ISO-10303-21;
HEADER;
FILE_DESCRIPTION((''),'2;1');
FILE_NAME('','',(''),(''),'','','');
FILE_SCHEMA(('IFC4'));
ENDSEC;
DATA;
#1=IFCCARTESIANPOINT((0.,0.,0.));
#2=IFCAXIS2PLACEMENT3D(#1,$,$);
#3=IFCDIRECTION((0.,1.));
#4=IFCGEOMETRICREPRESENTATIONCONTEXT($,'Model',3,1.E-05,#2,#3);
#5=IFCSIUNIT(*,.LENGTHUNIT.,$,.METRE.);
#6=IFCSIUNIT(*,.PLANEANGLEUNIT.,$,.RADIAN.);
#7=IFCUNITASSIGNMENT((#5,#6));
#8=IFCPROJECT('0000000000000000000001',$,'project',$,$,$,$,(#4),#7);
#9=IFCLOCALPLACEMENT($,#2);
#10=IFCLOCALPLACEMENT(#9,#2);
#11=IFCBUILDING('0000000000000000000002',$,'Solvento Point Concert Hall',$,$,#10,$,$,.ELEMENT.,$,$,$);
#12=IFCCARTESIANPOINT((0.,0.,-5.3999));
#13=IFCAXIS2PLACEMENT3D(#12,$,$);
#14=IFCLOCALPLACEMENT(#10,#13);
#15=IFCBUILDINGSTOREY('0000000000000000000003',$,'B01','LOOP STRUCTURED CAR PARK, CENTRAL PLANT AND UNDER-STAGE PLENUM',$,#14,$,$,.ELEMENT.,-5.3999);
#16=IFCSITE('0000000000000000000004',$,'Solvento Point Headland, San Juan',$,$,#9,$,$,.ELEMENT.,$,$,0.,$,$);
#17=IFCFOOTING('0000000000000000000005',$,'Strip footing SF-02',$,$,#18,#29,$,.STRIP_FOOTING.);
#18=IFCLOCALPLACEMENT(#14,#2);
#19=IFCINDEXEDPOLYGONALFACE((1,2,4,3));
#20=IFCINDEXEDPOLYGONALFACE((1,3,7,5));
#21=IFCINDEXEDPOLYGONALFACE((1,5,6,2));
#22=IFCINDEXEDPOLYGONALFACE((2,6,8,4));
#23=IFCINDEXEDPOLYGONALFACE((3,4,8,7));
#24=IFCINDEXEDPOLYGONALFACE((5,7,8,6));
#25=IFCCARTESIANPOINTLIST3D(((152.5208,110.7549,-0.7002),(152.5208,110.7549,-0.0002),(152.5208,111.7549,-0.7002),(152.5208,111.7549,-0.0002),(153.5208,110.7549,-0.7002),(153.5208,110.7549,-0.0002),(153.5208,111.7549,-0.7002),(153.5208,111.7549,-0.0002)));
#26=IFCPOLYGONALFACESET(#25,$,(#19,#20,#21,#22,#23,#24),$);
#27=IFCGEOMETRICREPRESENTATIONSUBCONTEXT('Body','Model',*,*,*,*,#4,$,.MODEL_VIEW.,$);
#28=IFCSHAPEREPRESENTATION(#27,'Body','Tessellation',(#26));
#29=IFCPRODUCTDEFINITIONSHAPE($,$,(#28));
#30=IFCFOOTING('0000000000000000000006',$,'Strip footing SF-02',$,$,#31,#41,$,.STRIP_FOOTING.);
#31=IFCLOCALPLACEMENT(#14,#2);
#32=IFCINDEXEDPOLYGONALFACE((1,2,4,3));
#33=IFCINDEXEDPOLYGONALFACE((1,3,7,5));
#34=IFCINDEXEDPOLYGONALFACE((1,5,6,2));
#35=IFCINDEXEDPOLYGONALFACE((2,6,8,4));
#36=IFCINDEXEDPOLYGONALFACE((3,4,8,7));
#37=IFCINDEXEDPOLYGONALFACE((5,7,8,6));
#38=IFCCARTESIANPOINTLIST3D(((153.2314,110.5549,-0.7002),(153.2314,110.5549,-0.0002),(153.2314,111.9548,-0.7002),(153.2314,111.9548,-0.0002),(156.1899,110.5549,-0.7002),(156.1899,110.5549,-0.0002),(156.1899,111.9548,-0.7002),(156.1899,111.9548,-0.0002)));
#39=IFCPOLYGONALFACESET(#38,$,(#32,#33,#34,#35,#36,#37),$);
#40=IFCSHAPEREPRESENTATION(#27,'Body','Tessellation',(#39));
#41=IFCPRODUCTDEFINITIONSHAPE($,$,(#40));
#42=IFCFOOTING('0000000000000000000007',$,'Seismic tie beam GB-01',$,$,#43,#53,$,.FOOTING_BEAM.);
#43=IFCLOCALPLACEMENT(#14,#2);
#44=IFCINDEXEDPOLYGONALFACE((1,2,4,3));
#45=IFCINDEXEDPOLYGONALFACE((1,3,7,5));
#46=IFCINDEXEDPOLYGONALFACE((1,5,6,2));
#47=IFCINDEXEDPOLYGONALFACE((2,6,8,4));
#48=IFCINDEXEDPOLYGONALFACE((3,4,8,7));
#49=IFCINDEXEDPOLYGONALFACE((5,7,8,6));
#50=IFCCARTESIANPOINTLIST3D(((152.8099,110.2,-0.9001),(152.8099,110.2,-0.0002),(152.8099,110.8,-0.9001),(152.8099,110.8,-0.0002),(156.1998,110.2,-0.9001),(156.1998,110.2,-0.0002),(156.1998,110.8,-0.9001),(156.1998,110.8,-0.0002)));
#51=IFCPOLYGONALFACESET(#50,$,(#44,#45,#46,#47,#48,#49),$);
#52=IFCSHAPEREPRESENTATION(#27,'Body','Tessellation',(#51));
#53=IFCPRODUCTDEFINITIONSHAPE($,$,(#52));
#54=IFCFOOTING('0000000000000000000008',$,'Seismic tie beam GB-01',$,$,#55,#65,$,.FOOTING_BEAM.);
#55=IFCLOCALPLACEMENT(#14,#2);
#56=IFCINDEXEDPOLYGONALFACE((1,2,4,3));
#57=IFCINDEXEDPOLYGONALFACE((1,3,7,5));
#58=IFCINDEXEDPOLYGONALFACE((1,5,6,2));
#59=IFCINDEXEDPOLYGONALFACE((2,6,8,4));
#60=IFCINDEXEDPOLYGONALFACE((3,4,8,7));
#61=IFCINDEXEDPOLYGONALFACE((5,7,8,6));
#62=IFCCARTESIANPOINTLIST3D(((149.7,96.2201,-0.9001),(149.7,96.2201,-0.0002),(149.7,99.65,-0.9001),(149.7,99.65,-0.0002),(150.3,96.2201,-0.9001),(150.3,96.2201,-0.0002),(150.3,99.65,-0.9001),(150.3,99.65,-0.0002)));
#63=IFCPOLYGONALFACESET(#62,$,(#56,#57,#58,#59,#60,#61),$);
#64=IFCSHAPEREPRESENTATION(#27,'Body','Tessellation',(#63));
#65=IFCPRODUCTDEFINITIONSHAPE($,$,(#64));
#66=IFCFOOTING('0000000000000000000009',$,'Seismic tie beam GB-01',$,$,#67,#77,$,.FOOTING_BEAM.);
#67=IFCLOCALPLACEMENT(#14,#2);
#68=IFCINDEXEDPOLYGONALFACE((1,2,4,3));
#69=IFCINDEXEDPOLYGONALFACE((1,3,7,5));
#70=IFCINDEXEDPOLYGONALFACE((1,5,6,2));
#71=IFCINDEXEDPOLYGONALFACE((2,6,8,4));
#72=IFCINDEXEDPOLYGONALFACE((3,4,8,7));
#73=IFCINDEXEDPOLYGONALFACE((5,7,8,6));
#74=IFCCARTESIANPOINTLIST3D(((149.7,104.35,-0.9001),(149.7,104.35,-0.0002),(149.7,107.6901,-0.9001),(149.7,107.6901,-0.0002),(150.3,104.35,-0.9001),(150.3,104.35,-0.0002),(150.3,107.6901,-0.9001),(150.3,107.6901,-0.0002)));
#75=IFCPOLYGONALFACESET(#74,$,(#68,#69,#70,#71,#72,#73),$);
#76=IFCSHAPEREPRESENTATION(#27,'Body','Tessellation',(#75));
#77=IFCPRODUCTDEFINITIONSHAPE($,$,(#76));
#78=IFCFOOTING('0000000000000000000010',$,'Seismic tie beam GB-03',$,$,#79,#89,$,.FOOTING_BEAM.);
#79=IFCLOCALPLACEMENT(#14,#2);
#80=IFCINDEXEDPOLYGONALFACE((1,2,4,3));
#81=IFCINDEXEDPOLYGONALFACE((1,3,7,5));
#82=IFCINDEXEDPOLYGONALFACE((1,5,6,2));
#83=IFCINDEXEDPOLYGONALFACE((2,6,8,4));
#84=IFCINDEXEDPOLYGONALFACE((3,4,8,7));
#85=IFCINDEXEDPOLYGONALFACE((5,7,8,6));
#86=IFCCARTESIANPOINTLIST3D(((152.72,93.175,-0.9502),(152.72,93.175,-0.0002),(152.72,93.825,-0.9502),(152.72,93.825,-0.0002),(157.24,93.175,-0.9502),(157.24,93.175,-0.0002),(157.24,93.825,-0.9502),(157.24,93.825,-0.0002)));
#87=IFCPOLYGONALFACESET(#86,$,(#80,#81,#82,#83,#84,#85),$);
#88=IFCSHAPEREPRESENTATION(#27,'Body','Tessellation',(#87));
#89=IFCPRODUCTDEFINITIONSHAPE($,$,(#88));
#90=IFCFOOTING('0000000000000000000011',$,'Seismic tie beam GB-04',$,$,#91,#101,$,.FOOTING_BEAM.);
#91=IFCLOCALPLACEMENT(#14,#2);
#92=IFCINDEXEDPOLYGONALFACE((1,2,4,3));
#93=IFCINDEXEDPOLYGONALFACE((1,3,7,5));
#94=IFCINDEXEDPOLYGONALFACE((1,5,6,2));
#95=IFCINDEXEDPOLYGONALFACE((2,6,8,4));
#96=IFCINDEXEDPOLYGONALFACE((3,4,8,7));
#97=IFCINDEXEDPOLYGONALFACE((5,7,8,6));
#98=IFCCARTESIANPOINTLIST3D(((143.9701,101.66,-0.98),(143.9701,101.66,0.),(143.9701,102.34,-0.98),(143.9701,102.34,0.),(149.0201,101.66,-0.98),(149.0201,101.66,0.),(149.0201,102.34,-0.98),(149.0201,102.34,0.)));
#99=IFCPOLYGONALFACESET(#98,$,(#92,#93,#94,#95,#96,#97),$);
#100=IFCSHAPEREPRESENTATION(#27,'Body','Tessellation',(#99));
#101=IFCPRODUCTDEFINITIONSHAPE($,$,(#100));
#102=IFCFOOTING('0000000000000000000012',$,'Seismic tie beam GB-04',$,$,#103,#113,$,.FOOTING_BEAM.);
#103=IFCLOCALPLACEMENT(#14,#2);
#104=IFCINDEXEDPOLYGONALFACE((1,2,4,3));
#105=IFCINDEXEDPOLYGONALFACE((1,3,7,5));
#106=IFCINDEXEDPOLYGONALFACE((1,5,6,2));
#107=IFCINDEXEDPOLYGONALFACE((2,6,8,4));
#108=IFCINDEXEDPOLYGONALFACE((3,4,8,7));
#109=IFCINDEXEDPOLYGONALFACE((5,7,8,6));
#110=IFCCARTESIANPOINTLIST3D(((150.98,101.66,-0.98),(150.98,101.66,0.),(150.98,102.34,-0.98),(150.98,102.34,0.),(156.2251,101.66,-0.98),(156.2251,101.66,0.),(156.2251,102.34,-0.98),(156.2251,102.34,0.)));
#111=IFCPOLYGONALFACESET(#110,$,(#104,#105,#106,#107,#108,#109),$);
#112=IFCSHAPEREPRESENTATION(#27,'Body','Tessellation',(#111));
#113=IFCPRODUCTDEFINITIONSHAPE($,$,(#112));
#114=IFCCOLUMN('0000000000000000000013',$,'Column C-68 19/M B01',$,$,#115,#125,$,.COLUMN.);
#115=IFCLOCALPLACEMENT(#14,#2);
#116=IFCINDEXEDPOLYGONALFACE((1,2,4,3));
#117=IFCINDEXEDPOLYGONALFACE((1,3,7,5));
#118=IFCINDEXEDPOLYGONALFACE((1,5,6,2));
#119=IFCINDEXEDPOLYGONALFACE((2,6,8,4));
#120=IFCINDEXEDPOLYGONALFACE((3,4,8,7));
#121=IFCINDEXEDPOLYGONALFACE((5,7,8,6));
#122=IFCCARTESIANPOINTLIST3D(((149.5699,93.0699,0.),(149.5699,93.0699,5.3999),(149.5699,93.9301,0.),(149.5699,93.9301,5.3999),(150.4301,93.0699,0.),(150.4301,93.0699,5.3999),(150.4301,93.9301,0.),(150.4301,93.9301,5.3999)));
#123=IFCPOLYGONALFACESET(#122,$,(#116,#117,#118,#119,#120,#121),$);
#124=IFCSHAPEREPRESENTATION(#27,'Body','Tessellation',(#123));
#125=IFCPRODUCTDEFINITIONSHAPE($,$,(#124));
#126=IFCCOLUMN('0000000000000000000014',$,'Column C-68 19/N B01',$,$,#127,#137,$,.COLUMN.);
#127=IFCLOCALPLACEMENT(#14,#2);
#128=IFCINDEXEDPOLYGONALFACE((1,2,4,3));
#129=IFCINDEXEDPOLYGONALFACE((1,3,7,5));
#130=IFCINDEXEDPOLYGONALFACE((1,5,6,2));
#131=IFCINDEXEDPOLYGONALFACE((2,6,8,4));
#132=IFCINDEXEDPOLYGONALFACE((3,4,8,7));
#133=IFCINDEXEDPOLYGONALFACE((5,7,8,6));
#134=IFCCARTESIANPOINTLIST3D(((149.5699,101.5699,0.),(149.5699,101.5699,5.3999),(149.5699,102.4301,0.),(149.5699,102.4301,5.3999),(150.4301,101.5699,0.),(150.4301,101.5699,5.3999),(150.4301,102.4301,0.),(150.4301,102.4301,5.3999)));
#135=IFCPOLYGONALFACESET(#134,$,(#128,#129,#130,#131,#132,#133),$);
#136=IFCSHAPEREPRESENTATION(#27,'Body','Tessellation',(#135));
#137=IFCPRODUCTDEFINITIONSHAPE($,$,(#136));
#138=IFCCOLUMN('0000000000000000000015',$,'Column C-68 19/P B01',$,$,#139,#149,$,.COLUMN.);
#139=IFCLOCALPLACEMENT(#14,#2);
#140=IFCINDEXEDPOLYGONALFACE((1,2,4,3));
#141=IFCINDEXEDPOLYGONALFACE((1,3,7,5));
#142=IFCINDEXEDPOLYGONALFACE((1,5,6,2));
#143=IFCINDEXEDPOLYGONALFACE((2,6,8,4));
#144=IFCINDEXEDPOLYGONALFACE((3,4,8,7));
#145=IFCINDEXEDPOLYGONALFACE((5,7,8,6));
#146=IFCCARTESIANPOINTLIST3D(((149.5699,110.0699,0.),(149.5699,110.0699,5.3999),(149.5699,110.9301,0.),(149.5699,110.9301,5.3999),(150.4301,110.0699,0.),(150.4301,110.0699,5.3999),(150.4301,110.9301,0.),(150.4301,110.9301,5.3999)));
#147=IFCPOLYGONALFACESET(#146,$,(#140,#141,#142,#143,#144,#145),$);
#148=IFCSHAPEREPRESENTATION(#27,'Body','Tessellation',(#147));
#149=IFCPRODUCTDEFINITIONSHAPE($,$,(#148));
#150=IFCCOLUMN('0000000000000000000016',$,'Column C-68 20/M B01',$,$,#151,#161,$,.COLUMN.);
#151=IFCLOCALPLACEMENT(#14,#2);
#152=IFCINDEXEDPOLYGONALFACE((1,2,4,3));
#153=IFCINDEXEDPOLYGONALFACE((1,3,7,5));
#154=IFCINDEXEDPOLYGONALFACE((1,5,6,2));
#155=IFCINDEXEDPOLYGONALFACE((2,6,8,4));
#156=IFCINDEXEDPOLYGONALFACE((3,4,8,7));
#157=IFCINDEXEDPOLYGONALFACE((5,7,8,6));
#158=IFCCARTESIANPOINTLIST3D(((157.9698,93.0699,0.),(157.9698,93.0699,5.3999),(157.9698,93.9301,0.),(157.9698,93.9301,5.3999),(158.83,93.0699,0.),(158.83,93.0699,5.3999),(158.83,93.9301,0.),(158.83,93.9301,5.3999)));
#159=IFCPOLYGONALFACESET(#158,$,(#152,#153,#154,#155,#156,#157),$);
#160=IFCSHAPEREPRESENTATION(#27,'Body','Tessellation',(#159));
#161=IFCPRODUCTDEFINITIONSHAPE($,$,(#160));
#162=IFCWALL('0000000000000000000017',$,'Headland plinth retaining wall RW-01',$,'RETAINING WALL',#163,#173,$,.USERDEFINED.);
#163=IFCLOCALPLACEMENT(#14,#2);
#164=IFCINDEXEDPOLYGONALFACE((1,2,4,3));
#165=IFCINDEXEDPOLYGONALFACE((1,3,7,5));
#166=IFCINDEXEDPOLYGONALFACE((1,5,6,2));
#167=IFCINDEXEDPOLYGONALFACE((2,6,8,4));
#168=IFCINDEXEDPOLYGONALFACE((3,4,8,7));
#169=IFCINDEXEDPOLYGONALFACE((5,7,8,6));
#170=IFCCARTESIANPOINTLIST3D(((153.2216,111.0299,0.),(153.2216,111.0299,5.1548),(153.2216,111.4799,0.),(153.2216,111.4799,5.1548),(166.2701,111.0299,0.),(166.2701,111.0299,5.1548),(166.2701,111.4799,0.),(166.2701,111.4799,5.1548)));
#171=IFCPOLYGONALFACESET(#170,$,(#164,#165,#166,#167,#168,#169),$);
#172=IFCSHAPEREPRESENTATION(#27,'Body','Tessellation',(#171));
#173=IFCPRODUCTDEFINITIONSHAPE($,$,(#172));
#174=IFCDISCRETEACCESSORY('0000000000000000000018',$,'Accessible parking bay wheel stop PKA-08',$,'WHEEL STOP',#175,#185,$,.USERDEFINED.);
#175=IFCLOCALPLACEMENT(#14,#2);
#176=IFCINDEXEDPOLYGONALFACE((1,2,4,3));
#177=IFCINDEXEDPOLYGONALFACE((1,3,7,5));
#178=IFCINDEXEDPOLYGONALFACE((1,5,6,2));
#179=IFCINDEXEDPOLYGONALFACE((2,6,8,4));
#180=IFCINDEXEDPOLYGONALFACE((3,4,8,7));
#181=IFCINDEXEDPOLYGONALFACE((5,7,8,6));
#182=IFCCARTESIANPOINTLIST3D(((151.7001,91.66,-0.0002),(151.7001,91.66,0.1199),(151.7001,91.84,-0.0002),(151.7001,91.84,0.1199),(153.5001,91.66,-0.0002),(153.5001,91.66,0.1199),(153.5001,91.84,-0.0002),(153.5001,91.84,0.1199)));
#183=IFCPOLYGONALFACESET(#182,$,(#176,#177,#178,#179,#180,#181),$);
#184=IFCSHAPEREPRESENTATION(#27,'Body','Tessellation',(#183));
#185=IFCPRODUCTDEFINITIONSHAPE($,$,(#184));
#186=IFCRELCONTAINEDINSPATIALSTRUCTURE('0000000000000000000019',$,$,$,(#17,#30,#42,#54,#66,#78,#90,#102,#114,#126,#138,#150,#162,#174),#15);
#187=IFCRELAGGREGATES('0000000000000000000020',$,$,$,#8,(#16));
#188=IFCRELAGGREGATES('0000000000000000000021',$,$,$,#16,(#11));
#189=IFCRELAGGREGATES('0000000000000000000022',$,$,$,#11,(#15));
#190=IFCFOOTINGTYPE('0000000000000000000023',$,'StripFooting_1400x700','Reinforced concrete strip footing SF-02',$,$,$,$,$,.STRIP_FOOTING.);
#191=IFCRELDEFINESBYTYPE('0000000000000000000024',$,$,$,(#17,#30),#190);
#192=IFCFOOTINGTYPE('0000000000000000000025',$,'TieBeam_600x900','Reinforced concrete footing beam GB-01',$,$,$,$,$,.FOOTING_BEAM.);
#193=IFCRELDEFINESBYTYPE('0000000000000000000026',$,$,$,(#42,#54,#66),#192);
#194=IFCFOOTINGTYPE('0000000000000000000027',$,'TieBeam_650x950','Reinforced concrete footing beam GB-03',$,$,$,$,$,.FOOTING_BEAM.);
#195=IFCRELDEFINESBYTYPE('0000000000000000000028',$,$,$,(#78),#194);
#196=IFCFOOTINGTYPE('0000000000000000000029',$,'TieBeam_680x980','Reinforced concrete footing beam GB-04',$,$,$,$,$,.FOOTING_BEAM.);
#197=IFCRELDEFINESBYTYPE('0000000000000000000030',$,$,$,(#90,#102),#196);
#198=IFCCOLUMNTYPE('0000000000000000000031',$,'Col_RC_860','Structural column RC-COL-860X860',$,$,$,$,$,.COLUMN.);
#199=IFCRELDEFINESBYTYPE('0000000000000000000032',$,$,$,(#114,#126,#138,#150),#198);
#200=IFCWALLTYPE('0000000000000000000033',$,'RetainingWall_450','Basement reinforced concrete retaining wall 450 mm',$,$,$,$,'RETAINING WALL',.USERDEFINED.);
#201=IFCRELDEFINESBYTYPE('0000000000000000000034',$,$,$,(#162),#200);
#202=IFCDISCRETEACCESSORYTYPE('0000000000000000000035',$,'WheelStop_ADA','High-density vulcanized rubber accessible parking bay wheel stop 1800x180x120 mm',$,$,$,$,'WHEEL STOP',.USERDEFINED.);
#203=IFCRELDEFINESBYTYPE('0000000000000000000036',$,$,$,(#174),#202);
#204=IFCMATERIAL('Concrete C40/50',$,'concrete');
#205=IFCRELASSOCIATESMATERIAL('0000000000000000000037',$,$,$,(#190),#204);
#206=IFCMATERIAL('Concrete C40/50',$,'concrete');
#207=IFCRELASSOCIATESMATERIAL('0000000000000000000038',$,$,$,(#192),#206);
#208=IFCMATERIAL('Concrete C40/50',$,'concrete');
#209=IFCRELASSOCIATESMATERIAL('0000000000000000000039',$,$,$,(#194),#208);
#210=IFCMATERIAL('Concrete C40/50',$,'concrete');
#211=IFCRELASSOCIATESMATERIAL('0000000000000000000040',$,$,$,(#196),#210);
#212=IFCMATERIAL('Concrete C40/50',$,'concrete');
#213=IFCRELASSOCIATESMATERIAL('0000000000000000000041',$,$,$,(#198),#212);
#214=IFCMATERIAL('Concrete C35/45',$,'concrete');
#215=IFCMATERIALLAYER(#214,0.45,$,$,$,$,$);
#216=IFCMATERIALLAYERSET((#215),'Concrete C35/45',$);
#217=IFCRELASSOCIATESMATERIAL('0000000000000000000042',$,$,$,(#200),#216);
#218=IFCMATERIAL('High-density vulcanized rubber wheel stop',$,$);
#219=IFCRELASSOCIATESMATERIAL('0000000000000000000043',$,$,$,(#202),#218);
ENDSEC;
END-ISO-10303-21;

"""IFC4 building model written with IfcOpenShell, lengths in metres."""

from ifc_helpers import new_model, si_unit, direction, frame, frame_2d, origin, origin_2d, place, context, subcontext, project, spatial, rectangle, extrude, material, layer, layer_set, material_profile, profile_set, type_object, element, save


model = new_model("IFC4")

# Units and contexts
model_context = context("Model", 3, precision=1e-05, world=origin(), true_north=direction((0.0, 1.0)))
body_context = subcontext(model_context, "Body", "Model", "MODEL_VIEW")
ifc_project = project(units=[si_unit("LENGTHUNIT", "METRE"), si_unit("PLANEANGLEUNIT", "RADIAN")], contexts=[model_context])

# Site, building, storey
site_placement = place(None, origin())
site = spatial("IfcSite", under=ifc_project, at=site_placement, Name="Solvento Point Headland, San Juan", CompositionType="ELEMENT", RefElevation=0.0)
building_placement = place(site_placement, origin())
building = spatial("IfcBuilding", under=site, at=building_placement, Name="Solvento Point Concert Hall", CompositionType="ELEMENT")
storey_placement = place(building_placement, frame((0.0, 0.0, -5.3999)))
storey = spatial("IfcBuildingStorey", under=building, at=storey_placement, Name="B01", Description="LOOP STRUCTURED CAR PARK, CENTRAL PLANT AND UNDER-STAGE PLENUM", CompositionType="ELEMENT", Elevation=-5.3999)

# Footings
ifc_material_1 = material(Name="Concrete C40/50", Category="concrete")
footing_type_1 = type_object("IfcFootingType", Name="StripFooting_1400x700", Description="Reinforced concrete strip footing SF-02", PredefinedType="STRIP_FOOTING", material=ifc_material_1)
footing_1_placement = place(storey_placement, frame((153.0208, 111.2549, -0.7002), z_axis=(0.0, 0.0, 1.0), x_axis=(1.0, 0.0, 0.0)))
element("IfcFooting", 1, at=footing_1_placement, inside=storey, type_object=footing_type_1, Name="Strip footing SF-02", PredefinedType="STRIP_FOOTING", context=body_context, shape_type="SweptSolid", body=[
    extrude(rectangle(XDim=1.0, YDim=1.0, at=origin_2d()), origin(), (0.0, 0.0, 1.0), 0.7),
])
footing_2_placement = place(storey_placement, frame((154.7107, 111.2549, -0.7002), z_axis=(0.0, 0.0, 1.0), x_axis=(1.0, 0.0, 0.0)))
element("IfcFooting", 2, at=footing_2_placement, inside=storey, type_object=footing_type_1, Name="Strip footing SF-02", PredefinedType="STRIP_FOOTING", context=body_context, shape_type="SweptSolid", body=[
    extrude(rectangle(XDim=2.9585, YDim=1.3999, at=origin_2d()), origin(), (0.0, 0.0, 1.0), 0.7),
])
ifc_material_2 = material(Name="Concrete C40/50", Category="concrete")
footing_type_2 = type_object("IfcFootingType", Name="TieBeam_600x900", Description="Reinforced concrete footing beam GB-01", PredefinedType="FOOTING_BEAM", material=ifc_material_2)
footing_3_placement = place(storey_placement, frame((154.5049, 110.5, -0.9001), z_axis=(0.0, 0.0, 1.0), x_axis=(1.0, 0.0, 0.0)))
element("IfcFooting", 3, at=footing_3_placement, inside=storey, type_object=footing_type_2, Name="Seismic tie beam GB-01", PredefinedType="FOOTING_BEAM", context=body_context, shape_type="SweptSolid", body=[
    extrude(rectangle(XDim=3.3899, YDim=0.6001, at=origin_2d()), origin(), (0.0, 0.0, 1.0), 0.8999),
])
footing_4_placement = place(storey_placement, frame((150.0, 97.9351, -0.9001), z_axis=(0.0, 0.0, 1.0), x_axis=(0.0, 1.0, 0.0)))
element("IfcFooting", 4, at=footing_4_placement, inside=storey, type_object=footing_type_2, Name="Seismic tie beam GB-01", PredefinedType="FOOTING_BEAM", context=body_context, shape_type="SweptSolid", body=[
    extrude(rectangle(XDim=3.4299, YDim=0.6001, at=origin_2d()), origin(), (0.0, 0.0, 1.0), 0.8999),
])
footing_5_placement = place(storey_placement, frame((150.0, 106.02, -0.9001), z_axis=(0.0, 0.0, 1.0), x_axis=(0.0, 1.0, 0.0)))
element("IfcFooting", 5, at=footing_5_placement, inside=storey, type_object=footing_type_2, Name="Seismic tie beam GB-01", PredefinedType="FOOTING_BEAM", context=body_context, shape_type="SweptSolid", body=[
    extrude(rectangle(XDim=3.3401, YDim=0.6001, at=origin_2d()), origin(), (0.0, 0.0, 1.0), 0.8999),
])
ifc_material_3 = material(Name="Concrete C40/50", Category="concrete")
footing_type_3 = type_object("IfcFootingType", Name="TieBeam_650x950", Description="Reinforced concrete footing beam GB-03", PredefinedType="FOOTING_BEAM", material=ifc_material_3)
footing_6_placement = place(storey_placement, frame((154.98, 93.5, -0.9502), z_axis=(0.0, 0.0, 1.0), x_axis=(1.0, 0.0, 0.0)))
element("IfcFooting", 6, at=footing_6_placement, inside=storey, type_object=footing_type_3, Name="Seismic tie beam GB-03", PredefinedType="FOOTING_BEAM", context=body_context, shape_type="SweptSolid", body=[
    extrude(rectangle(XDim=4.52, YDim=0.6499, at=origin_2d()), origin(), (0.0, 0.0, 1.0), 0.95),
])
ifc_material_4 = material(Name="Concrete C40/50", Category="concrete")
footing_type_4 = type_object("IfcFootingType", Name="TieBeam_680x980", Description="Reinforced concrete footing beam GB-04", PredefinedType="FOOTING_BEAM", material=ifc_material_4)
footing_7_placement = place(storey_placement, frame((146.4951, 102.0, -0.98), z_axis=(0.0, 0.0, 1.0), x_axis=(1.0, 0.0, 0.0)))
element("IfcFooting", 7, at=footing_7_placement, inside=storey, type_object=footing_type_4, Name="Seismic tie beam GB-04", PredefinedType="FOOTING_BEAM", context=body_context, shape_type="SweptSolid", body=[
    extrude(rectangle(XDim=5.05, YDim=0.6799, at=origin_2d()), origin(), (0.0, 0.0, 1.0), 0.98),
])
footing_8_placement = place(storey_placement, frame((153.6025, 102.0, -0.98), z_axis=(0.0, 0.0, 1.0), x_axis=(1.0, 0.0, 0.0)))
element("IfcFooting", 8, at=footing_8_placement, inside=storey, type_object=footing_type_4, Name="Seismic tie beam GB-04", PredefinedType="FOOTING_BEAM", context=body_context, shape_type="SweptSolid", body=[
    extrude(rectangle(XDim=5.2451, YDim=0.6799, at=origin_2d()), origin(), (0.0, 0.0, 1.0), 0.98),
])

# Columns
ifc_material_5 = material(Name="Concrete C40/50", Category="concrete")
ifc_material_profile_1 = material_profile(ifc_material_5, rectangle(XDim=0.8601, YDim=0.8601, at=origin_2d()), Name="RC-COL-860X860")
ifc_profile_set_1 = profile_set([ifc_material_profile_1], Name="Concrete C40/50")
column_type = type_object("IfcColumnType", Name="Col_RC_860", Description="Structural column RC-COL-860X860", PredefinedType="COLUMN", material=ifc_profile_set_1)
for number, where, z_axis, x_axis, name in (
    (9, (150.0, 93.5, 0.0), (0.0, 0.0, 1.0), (1.0, 0.0, 0.0), "Column C-68 19/M B01"),
    (10, (150.0, 102.0, 0.0), (0.0, 0.0, 1.0), (1.0, 0.0, 0.0), "Column C-68 19/N B01"),
    (11, (150.0, 110.5, 0.0), (0.0, 0.0, 1.0), (1.0, 0.0, 0.0), "Column C-68 19/P B01"),
    (12, (158.3999, 93.5, 0.0), (0.0, 0.0, 1.0), (1.0, 0.0, 0.0), "Column C-68 20/M B01"),
):
    element("IfcColumn", number, at=place(storey_placement, frame(where, z_axis=z_axis, x_axis=x_axis)), inside=storey, type_object=column_type, Name=name, PredefinedType="COLUMN", context=body_context, shape_type="SweptSolid", body=[
        extrude(rectangle(XDim=0.8601, YDim=0.8601, at=origin_2d()), origin(), (0.0, 0.0, 1.0), 5.3999),
    ])

# Wall
ifc_material_6 = material(Name="Concrete C35/45", Category="concrete")
ifc_layer = layer(ifc_material_6, 0.45)
ifc_layer_set = layer_set([ifc_layer], Name="Concrete C35/45")
wall_type = type_object("IfcWallType", Name="RetainingWall_450", Description="Basement reinforced concrete retaining wall 450 mm", ElementType="RETAINING WALL", PredefinedType="USERDEFINED", material=ifc_layer_set)
wall_placement = place(storey_placement, frame((153.2214, 111.2549, 0.0), z_axis=(0.0, 0.0, 1.0), x_axis=(1.0, 0.0, 0.0)))
element("IfcWall", 13, at=wall_placement, inside=storey, type_object=wall_type, Name="Headland plinth retaining wall RW-01", ObjectType="RETAINING WALL", PredefinedType="USERDEFINED", context=body_context, shape_type="SweptSolid", body=[
    extrude(rectangle(XDim=13.0486, YDim=0.45, at=frame_2d((6.5244, 0.0))), origin(), (0.0, 0.0, 1.0), 5.1548),
])

# Discrete accessory
ifc_material_7 = material(Name="High-density vulcanized rubber wheel stop")
discrete_accessory_type_1 = type_object("IfcDiscreteAccessoryType", Name="WheelStop_ADA", Description="High-density vulcanized rubber accessible parking bay wheel stop 1800x180x120 mm", ElementType="WHEEL STOP", PredefinedType="USERDEFINED", material=ifc_material_7)
discrete_accessory_placement = place(storey_placement, frame((152.6001, 91.75, -0.0002), z_axis=(0.0, 0.0, 1.0), x_axis=(1.0, 0.0, 0.0)))
element("IfcDiscreteAccessory", 14, at=discrete_accessory_placement, inside=storey, type_object=discrete_accessory_type_1, Name="Accessible parking bay wheel stop PKA-08", ObjectType="WHEEL STOP", PredefinedType="USERDEFINED", context=body_context, shape_type="SweptSolid", body=[
    extrude(rectangle(XDim=1.8, YDim=0.1799, at=origin_2d()), origin(), (0.0, 0.0, 1.0), 0.1201),
])

save(model, "model.ifc")
